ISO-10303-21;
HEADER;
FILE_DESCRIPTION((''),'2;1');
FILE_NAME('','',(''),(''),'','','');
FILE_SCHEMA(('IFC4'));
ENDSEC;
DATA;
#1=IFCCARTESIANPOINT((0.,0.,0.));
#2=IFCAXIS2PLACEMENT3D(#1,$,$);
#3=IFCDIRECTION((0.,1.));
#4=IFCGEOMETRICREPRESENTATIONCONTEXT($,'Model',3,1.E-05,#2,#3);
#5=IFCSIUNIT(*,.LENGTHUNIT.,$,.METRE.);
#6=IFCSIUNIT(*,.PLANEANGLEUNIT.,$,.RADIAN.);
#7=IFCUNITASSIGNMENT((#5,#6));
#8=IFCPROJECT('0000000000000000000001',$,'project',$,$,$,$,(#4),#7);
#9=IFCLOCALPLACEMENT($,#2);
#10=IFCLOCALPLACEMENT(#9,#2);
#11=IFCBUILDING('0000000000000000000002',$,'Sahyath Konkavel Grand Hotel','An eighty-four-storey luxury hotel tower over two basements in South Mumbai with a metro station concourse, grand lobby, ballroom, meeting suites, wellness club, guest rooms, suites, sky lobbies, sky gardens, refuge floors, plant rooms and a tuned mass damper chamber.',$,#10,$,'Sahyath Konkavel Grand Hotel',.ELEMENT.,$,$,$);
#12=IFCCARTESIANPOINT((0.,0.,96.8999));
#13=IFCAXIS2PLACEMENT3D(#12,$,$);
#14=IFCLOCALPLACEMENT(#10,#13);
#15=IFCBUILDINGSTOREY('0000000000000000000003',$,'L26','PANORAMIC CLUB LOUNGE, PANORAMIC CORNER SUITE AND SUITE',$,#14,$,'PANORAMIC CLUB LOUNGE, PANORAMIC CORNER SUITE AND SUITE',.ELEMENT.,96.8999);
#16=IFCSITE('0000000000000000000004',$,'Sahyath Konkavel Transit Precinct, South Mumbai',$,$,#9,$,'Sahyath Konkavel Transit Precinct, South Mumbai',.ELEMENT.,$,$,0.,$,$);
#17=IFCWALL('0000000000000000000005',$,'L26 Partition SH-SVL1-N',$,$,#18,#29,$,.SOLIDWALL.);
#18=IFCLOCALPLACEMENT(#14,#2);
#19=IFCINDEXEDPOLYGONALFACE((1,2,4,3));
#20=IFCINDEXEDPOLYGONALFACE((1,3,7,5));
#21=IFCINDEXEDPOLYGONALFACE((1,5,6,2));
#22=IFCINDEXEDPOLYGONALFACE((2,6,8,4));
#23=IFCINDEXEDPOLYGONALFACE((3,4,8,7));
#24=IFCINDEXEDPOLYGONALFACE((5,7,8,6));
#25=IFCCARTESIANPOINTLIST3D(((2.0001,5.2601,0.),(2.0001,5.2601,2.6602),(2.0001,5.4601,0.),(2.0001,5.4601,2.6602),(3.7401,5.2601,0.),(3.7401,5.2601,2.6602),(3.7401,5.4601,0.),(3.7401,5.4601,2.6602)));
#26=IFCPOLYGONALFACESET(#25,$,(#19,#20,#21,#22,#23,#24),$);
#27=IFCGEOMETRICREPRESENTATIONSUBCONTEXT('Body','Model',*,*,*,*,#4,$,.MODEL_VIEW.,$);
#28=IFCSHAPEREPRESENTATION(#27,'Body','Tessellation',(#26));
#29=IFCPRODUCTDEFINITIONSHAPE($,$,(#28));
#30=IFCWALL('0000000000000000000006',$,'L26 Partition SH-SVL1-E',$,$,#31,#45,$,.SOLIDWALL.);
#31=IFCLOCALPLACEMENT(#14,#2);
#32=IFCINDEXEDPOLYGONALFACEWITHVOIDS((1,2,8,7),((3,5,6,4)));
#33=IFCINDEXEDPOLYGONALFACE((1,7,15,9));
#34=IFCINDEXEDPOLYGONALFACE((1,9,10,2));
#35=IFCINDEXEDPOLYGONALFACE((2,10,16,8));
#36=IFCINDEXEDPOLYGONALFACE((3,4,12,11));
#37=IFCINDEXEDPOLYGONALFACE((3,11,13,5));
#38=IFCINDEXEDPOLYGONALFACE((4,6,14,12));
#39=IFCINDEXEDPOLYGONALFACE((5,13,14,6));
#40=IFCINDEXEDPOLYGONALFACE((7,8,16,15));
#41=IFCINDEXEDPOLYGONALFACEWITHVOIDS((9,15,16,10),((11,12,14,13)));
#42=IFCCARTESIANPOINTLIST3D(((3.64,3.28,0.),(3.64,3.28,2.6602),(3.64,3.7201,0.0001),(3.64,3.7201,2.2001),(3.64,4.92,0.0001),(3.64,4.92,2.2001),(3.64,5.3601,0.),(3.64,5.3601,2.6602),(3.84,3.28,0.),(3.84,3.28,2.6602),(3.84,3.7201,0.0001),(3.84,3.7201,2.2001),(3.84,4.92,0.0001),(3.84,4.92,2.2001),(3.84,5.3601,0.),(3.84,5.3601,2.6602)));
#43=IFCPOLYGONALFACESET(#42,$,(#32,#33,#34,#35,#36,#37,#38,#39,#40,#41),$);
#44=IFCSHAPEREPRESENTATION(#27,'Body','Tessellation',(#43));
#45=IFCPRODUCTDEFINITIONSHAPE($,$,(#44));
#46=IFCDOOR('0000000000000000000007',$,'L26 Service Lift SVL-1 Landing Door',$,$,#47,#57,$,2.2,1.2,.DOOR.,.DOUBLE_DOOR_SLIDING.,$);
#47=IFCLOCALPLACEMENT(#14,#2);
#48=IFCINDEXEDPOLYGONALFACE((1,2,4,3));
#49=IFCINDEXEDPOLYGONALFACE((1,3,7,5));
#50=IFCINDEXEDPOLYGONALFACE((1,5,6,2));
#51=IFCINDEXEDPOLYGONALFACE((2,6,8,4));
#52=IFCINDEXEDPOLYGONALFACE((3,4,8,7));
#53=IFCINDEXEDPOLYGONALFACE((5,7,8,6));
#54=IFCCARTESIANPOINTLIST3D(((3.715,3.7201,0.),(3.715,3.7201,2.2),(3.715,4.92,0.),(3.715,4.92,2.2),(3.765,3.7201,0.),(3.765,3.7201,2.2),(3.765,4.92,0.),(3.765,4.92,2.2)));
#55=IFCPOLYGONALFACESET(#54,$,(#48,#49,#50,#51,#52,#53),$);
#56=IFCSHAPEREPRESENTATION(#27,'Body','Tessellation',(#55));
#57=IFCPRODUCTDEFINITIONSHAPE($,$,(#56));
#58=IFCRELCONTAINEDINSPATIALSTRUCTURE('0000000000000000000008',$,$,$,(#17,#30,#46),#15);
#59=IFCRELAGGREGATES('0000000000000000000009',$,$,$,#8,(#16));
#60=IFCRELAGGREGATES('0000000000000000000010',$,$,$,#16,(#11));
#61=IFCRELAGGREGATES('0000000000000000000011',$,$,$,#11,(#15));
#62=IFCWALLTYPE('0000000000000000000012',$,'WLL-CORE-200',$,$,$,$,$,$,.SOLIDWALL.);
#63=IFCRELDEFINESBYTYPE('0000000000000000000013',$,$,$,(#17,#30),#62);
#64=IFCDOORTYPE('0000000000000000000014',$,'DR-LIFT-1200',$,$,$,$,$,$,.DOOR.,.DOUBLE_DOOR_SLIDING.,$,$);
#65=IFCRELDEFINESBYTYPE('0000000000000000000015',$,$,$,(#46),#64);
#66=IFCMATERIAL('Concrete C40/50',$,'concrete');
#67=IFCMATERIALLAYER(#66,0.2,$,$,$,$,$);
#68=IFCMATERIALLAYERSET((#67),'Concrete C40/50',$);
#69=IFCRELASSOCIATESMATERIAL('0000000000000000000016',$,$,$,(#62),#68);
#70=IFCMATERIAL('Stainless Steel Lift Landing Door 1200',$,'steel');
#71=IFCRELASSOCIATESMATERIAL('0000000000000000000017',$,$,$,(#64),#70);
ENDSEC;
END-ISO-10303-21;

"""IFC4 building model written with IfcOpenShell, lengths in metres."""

from ifc_helpers import new_model, si_unit, direction, frame, frame_2d, origin, origin_2d, place, context, subcontext, project, spatial, rectangle, extrude, source, transform, mapped, material, layer, layer_set, type_object, element, fill, save


model = new_model("IFC4")

# Units and contexts
model_context = context("Model", 3, precision=1e-05, world=origin(), true_north=direction((0.0, 1.0)))
body_context = subcontext(model_context, "Body", "Model", "MODEL_VIEW")
ifc_project = project(units=[si_unit("LENGTHUNIT", "METRE"), si_unit("PLANEANGLEUNIT", "RADIAN")], contexts=[model_context])

# Site, building, storey
site_placement = place(None, origin())
site = spatial("IfcSite", under=ifc_project, at=site_placement, Name="Sahyath Konkavel Transit Precinct, South Mumbai", LongName="Sahyath Konkavel Transit Precinct, South Mumbai", CompositionType="ELEMENT", RefElevation=0.0)
building_placement = place(site_placement, origin())
building = spatial("IfcBuilding", under=site, at=building_placement, Name="Sahyath Konkavel Grand Hotel", Description="An eighty-four-storey luxury hotel tower over two basements in South Mumbai with a metro station concourse, grand lobby, ballroom, meeting suites, wellness club, guest rooms, suites, sky lobbies, sky gardens, refuge floors, plant rooms and a tuned mass damper chamber.", LongName="Sahyath Konkavel Grand Hotel", CompositionType="ELEMENT")
storey_placement = place(building_placement, frame((0.0, 0.0, 96.8999)))
storey = spatial("IfcBuildingStorey", under=building, at=storey_placement, Name="L26", Description="PANORAMIC CLUB LOUNGE, PANORAMIC CORNER SUITE AND SUITE", LongName="PANORAMIC CLUB LOUNGE, PANORAMIC CORNER SUITE AND SUITE", CompositionType="ELEMENT", Elevation=96.8999)

# Shared definitions
ifc_material_1 = material(Name="Concrete C40/50", Category="concrete")

# Shared definitions
ifc_layer_1 = layer(ifc_material_1, 0.2)
ifc_layer_set_1 = layer_set([ifc_layer_1], Name="Concrete C40/50")
wall_type = type_object("IfcWallType", Name="WLL-CORE-200", PredefinedType="SOLIDWALL", material=ifc_layer_set_1)

# Wall
wall_1_placement = place(storey_placement, frame((2.0, 5.3601, 0.0), z_axis=(0.0, 0.0, 1.0), x_axis=(1.0, 0.0, 0.0)))
element("IfcWall", 1, at=wall_1_placement, inside=storey, type_object=wall_type, Name="L26 Partition SH-SVL1-N", PredefinedType="SOLIDWALL", context=body_context, shape_type="SweptSolid", body=[
    extrude(rectangle(XDim=1.74, YDim=0.2, at=frame_2d((0.8701, 0.0))), origin(), (0.0, 0.0, 1.0), 2.6602),
])

# Wall, opening, door
wall_2_placement = place(storey_placement, frame((3.74, 3.28, 0.0), z_axis=(0.0, 0.0, 1.0), x_axis=(0.0, 1.0, 0.0)))
wall_2 = element("IfcWall", 2, at=wall_2_placement, inside=storey, type_object=wall_type, Name="L26 Partition SH-SVL1-E", PredefinedType="SOLIDWALL", context=body_context, shape_type="SweptSolid", body=[
    extrude(rectangle(XDim=2.0801, YDim=0.2, at=frame_2d((1.04, 0.0))), origin(), (0.0, 0.0, 1.0), 2.6602),
])
opening_1_placement = place(wall_2_placement, frame((0.4399, 0.0, 0.0)))
opening_1 = element("IfcOpeningElement", 3, at=opening_1_placement, cuts=wall_2, PredefinedType="OPENING", context=body_context, shape_type="SweptSolid", body=[
    extrude(rectangle(XDim=1.2, YDim=2.2, at=frame_2d((0.6001, 1.1001))), frame((0.0, 0.1099, 0.0), z_axis=(0.0, -1.0, 0.0), x_axis=(1.0, 0.0, 0.0)), (0.0, 0.0, 1.0), 0.22),
])
ifc_material_2 = material(Name="Stainless Steel Lift Landing Door 1200", Category="steel")
door_type_1 = type_object("IfcDoorType", Name="DR-LIFT-1200", OperationType="DOUBLE_DOOR_SLIDING", PredefinedType="DOOR", material=ifc_material_2)
shared_shape_1 = source(origin(), body_context, "Body", "SweptSolid", [
    extrude(rectangle(XDim=1.2, YDim=0.05, at=origin_2d()), origin(), (0.0, 0.0, 1.0), 2.2),
])
door_1_placement = place(opening_1_placement, frame((0.6001, 0.0, 0.0)))
door_1 = element("IfcDoor", 4, at=door_1_placement, inside=storey, type_object=door_type_1, Name="L26 Service Lift SVL-1 Landing Door", OperationType="DOUBLE_DOOR_SLIDING", OverallHeight=2.2, OverallWidth=1.2, PredefinedType="DOOR", context=body_context, shape_type="MappedRepresentation", body=[
    mapped(shared_shape_1, transform((0.0, 0.0, 0.0), scale=1.0)),
])
fill(opening_1, door_1)

save(model, "model.ifc")
